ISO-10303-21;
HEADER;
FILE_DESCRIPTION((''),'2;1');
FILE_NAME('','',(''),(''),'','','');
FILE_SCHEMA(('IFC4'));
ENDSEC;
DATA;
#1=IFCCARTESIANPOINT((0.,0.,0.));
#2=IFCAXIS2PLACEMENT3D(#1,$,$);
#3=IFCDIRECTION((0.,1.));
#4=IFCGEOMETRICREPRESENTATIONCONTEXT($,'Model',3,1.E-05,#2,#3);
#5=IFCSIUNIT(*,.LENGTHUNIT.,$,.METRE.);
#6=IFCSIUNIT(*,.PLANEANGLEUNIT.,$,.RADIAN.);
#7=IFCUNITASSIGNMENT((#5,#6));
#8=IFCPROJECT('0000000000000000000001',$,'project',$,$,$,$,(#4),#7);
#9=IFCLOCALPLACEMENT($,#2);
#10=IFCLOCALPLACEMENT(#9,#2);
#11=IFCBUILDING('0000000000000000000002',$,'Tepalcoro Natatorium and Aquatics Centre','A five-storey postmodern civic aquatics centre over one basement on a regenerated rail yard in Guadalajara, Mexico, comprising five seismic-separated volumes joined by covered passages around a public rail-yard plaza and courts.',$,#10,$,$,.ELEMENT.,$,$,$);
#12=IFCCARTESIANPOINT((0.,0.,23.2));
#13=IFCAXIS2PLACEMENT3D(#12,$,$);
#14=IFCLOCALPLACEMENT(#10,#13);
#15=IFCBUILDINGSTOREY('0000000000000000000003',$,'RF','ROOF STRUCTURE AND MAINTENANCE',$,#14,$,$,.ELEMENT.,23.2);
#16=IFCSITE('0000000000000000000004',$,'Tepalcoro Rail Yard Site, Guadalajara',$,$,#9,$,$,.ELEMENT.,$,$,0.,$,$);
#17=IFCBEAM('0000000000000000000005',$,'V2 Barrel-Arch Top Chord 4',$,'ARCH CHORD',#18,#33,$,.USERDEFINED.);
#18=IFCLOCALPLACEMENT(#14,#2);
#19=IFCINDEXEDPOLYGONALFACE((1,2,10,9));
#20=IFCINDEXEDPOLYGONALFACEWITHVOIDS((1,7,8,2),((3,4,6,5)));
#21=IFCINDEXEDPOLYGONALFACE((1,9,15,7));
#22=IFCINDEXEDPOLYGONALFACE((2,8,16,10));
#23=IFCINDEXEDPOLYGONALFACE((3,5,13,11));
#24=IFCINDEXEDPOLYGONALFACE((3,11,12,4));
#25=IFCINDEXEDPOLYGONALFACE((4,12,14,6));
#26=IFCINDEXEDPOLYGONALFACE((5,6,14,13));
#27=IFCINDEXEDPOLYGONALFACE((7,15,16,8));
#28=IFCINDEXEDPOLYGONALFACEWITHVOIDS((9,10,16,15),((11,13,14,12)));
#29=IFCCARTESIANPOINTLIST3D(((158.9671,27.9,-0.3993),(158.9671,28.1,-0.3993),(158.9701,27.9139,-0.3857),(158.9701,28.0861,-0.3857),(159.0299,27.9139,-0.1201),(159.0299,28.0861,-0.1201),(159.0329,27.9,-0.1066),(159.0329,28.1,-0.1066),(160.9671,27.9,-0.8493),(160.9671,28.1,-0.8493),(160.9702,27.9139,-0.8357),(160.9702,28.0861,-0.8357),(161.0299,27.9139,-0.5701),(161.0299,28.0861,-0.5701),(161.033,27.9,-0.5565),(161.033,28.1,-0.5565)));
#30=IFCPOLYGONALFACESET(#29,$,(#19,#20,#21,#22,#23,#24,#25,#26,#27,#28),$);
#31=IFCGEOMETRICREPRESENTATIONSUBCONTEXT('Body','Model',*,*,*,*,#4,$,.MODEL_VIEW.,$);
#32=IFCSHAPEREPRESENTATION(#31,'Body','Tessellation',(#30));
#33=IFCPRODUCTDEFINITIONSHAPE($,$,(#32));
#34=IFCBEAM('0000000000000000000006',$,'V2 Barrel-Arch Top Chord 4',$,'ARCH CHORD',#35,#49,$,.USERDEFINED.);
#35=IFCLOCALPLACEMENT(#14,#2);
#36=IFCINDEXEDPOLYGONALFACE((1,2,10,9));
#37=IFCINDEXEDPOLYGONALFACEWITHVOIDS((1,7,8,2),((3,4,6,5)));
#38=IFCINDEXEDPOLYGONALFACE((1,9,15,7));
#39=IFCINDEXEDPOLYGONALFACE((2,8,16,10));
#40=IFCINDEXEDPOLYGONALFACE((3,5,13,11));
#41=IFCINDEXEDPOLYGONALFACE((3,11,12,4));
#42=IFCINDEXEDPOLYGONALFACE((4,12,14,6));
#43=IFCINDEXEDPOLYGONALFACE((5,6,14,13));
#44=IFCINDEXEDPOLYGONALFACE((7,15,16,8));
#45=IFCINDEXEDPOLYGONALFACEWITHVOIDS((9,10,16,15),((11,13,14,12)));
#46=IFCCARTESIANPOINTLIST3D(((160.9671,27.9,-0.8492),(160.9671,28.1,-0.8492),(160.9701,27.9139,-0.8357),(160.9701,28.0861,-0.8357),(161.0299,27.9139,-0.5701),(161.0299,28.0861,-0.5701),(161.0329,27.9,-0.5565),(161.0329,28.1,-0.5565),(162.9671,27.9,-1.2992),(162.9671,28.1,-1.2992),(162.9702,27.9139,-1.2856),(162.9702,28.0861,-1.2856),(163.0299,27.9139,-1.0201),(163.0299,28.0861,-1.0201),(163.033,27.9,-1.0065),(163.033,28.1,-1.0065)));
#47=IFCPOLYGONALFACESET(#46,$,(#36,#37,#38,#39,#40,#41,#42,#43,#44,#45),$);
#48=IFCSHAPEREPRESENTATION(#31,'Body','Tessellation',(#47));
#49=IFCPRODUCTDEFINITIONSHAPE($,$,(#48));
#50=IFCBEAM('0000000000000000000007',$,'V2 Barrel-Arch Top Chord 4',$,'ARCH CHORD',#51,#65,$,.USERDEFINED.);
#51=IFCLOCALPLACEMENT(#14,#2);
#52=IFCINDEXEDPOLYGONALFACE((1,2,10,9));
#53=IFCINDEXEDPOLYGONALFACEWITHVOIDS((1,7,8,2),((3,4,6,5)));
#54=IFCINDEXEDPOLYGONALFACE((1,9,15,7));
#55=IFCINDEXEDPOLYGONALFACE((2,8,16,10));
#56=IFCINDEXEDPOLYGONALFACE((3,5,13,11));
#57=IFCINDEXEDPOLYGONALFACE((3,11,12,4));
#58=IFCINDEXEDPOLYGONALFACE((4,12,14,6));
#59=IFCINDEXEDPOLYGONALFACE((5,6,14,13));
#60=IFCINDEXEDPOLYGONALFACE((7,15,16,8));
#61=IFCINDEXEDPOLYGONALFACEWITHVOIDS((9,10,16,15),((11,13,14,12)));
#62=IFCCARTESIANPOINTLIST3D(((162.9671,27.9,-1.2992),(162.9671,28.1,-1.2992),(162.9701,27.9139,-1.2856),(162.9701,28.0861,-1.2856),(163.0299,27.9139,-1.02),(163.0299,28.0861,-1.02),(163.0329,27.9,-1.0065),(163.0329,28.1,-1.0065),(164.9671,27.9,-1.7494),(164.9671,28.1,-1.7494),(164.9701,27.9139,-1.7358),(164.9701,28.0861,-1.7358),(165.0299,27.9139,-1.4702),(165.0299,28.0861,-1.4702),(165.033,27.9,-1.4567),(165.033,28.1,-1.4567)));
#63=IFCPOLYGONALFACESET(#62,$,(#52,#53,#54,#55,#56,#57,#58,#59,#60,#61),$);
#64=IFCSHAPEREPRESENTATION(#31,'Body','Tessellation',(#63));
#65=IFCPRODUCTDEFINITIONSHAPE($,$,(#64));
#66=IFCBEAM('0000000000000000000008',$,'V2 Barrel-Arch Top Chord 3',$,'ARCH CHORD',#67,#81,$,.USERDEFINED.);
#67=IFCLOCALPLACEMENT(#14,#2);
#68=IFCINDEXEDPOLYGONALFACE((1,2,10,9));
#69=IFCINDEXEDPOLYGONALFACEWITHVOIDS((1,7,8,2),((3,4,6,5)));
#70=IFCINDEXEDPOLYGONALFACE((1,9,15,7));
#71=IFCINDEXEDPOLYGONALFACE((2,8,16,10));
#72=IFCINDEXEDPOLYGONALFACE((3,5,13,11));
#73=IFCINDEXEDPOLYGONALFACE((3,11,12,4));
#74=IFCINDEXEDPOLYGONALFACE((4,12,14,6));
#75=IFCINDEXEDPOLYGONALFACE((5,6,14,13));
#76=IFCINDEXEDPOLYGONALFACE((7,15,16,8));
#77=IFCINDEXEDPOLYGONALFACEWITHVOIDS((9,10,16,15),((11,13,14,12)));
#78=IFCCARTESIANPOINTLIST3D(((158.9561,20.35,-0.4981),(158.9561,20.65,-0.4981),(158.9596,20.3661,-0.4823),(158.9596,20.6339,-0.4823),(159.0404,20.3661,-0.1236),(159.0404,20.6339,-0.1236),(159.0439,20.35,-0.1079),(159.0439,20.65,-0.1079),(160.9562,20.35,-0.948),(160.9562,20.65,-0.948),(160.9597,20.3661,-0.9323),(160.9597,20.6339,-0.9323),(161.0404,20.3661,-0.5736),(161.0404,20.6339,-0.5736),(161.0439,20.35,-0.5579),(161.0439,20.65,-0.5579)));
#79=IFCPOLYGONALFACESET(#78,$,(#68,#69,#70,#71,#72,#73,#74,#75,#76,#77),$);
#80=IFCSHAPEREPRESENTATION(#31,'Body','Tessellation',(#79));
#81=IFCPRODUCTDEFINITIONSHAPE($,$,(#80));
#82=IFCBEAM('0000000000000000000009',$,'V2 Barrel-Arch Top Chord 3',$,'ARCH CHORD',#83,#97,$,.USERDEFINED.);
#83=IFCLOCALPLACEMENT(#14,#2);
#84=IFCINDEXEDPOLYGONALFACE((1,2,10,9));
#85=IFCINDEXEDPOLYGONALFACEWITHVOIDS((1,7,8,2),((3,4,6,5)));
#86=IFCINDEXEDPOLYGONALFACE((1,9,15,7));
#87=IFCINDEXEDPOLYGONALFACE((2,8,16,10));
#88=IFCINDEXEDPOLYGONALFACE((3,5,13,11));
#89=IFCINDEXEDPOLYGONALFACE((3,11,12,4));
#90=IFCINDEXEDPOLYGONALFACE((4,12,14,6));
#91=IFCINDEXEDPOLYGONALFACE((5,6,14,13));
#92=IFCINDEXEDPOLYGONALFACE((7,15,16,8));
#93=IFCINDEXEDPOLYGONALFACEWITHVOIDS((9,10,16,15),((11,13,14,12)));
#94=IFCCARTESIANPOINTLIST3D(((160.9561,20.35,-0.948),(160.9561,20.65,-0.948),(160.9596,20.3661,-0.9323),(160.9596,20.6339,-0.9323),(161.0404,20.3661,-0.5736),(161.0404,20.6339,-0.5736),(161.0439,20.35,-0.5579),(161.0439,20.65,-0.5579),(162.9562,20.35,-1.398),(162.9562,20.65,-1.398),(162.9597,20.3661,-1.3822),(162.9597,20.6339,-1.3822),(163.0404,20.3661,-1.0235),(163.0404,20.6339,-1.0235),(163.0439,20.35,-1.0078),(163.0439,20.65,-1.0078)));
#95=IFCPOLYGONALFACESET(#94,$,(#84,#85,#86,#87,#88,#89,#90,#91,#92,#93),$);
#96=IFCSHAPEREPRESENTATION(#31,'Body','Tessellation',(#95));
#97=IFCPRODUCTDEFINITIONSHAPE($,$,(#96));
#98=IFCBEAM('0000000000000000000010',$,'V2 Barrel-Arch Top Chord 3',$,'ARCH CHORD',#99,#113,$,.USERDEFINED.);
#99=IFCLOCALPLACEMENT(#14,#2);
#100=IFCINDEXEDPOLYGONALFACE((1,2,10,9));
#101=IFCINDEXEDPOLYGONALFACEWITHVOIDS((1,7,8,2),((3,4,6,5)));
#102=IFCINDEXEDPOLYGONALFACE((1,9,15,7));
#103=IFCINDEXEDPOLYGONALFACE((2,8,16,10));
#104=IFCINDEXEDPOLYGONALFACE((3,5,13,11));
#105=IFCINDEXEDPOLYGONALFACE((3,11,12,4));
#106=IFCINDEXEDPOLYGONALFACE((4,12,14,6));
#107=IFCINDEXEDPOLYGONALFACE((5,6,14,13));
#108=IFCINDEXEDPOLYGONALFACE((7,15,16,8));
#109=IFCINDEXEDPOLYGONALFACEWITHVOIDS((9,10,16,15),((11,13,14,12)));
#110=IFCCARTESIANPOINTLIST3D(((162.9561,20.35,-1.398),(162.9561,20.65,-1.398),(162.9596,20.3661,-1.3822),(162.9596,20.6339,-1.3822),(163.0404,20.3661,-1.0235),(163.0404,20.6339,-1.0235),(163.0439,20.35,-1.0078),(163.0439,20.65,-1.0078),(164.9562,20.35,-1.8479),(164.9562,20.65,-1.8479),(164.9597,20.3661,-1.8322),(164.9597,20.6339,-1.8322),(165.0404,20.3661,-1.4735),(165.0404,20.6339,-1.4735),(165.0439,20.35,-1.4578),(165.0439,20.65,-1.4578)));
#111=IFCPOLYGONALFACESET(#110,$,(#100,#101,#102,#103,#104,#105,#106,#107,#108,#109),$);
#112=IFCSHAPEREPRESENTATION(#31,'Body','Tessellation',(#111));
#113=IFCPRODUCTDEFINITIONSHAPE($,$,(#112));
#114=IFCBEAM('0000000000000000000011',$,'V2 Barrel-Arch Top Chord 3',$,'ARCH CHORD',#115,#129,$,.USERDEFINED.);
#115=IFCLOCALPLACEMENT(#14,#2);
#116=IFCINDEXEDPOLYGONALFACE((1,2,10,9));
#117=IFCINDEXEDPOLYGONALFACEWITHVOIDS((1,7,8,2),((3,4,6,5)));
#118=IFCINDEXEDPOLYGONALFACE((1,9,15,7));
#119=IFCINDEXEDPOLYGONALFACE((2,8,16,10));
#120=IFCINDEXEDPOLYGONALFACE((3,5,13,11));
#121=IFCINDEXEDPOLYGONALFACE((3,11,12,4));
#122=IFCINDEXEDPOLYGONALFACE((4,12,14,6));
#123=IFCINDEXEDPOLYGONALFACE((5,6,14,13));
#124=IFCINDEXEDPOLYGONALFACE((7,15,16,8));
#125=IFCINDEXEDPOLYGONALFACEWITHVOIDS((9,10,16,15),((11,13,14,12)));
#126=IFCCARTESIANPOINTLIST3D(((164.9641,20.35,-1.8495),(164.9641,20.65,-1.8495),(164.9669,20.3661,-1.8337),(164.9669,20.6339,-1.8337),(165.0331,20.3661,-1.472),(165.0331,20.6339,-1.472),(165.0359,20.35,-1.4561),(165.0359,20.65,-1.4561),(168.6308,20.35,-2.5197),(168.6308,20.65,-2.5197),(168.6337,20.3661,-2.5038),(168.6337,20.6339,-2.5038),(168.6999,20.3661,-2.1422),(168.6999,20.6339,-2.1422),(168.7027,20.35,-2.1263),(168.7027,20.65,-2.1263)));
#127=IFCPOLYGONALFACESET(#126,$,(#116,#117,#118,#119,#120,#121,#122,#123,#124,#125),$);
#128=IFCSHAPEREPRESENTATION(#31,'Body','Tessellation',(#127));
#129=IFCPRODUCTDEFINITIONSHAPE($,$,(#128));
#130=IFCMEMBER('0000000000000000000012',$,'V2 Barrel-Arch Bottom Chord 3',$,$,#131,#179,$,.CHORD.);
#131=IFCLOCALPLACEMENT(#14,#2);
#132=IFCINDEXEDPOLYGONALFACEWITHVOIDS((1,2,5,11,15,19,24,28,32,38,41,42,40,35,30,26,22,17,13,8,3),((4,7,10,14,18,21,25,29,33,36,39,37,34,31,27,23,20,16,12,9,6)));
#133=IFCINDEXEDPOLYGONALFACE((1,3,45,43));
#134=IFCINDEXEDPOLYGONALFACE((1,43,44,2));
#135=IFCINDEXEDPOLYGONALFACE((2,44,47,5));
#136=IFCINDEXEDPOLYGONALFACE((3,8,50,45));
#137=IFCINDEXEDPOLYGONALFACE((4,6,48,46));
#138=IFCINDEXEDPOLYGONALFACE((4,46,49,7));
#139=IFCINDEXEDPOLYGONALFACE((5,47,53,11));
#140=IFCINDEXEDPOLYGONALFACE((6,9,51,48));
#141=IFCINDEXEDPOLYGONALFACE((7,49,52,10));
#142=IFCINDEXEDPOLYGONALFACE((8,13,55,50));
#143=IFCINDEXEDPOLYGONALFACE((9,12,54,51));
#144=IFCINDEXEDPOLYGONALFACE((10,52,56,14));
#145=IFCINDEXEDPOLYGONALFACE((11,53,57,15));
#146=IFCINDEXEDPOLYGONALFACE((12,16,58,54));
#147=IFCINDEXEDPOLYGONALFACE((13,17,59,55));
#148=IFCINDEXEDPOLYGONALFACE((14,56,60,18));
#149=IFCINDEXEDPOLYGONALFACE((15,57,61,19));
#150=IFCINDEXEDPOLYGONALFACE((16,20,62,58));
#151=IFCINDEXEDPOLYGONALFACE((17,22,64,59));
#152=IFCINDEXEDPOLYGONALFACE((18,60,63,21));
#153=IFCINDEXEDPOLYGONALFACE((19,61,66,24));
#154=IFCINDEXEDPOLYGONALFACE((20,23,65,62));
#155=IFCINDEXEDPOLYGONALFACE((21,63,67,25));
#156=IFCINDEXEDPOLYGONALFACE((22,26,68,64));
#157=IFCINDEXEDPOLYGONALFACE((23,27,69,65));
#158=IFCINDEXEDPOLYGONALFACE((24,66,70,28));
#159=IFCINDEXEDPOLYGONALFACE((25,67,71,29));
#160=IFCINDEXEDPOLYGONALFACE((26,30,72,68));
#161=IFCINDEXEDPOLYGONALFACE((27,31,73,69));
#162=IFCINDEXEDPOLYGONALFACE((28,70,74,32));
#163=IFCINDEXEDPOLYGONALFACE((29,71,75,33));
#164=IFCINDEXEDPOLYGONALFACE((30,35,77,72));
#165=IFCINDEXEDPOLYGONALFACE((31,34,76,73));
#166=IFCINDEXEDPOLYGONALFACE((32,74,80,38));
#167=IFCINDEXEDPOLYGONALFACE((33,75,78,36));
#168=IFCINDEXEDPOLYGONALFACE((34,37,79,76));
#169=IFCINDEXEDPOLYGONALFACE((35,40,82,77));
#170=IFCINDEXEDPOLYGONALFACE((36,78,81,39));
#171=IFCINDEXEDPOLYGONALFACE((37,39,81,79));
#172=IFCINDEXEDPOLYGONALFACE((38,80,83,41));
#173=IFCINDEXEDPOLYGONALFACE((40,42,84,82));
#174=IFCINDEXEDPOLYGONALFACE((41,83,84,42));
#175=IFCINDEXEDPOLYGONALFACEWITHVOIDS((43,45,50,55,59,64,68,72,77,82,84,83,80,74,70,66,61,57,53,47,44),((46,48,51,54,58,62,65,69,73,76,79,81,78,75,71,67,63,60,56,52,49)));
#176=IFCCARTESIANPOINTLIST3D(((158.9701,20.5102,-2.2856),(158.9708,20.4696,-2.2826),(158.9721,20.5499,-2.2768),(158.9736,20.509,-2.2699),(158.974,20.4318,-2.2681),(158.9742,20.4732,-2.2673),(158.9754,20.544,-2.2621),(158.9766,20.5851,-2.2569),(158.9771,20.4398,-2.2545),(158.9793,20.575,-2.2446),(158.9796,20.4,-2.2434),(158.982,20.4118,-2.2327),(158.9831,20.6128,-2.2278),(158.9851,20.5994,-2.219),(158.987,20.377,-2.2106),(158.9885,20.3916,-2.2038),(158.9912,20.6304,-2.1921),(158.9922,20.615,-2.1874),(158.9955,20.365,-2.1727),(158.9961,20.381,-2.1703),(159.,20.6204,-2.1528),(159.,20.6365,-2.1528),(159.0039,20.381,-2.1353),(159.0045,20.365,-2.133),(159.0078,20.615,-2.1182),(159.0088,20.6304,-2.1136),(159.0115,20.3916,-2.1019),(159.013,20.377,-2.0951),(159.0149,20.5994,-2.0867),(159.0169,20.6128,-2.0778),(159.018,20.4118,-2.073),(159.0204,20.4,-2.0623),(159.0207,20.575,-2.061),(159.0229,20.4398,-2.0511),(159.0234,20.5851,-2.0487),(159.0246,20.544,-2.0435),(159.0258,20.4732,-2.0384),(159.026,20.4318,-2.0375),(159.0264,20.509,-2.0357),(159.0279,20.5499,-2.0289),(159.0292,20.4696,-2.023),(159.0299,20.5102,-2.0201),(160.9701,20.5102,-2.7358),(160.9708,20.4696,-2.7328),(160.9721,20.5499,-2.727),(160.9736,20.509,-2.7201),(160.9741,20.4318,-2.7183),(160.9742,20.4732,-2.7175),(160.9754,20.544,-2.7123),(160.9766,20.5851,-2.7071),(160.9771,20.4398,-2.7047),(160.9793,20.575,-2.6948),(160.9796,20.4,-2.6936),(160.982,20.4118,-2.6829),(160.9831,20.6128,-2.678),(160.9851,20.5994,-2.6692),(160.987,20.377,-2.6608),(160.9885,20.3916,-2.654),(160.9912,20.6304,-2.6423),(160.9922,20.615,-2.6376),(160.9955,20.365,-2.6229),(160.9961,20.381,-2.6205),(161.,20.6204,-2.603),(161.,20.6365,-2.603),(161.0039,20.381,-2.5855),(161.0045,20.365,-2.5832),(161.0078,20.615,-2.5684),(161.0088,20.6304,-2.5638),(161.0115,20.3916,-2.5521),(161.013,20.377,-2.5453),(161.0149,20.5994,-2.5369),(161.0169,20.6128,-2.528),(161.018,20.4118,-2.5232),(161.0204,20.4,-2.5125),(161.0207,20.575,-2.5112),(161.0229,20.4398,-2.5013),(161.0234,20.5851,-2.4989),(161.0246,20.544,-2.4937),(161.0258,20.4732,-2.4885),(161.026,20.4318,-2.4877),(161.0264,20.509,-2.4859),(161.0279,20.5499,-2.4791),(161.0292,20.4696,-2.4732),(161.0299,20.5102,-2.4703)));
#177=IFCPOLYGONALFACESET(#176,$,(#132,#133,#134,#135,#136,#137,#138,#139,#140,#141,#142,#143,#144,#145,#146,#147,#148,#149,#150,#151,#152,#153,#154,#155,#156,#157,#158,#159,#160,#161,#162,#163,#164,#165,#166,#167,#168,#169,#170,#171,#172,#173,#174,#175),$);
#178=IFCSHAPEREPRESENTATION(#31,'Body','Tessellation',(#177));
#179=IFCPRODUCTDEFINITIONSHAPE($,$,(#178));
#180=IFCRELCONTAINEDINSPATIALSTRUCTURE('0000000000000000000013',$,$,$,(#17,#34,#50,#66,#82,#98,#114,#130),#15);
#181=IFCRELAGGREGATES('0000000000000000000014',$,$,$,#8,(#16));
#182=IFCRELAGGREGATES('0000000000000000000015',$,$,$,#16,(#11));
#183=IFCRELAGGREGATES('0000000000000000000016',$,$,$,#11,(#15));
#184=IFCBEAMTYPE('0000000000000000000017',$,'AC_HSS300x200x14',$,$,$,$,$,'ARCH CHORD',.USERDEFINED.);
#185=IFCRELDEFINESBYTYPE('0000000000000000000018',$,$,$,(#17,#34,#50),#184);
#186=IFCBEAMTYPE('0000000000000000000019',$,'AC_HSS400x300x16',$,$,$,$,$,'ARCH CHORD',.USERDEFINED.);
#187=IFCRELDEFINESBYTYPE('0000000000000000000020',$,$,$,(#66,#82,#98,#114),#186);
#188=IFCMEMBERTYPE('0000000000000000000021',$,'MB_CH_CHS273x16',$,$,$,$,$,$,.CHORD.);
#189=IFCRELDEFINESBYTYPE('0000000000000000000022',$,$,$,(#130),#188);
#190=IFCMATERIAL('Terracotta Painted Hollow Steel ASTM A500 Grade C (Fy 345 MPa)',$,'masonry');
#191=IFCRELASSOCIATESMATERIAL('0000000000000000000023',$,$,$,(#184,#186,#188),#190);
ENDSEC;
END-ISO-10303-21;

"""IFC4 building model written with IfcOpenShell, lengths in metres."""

from ifc_helpers import new_model, si_unit, direction, frame, origin, origin_2d, place, context, subcontext, project, spatial, hollow_rectangle, hollow_circle, extrude, material, material_profile, profile_set, type_object, element, save


model = new_model("IFC4")

# Units and contexts
model_context = context("Model", 3, precision=1e-05, world=origin(), true_north=direction((0.0, 1.0)))
body_context = subcontext(model_context, "Body", "Model", "MODEL_VIEW")
ifc_project = project(units=[si_unit("LENGTHUNIT", "METRE"), si_unit("PLANEANGLEUNIT", "RADIAN")], contexts=[model_context])

# Site, building, storey
site_placement = place(None, origin())
site = spatial("IfcSite", under=ifc_project, at=site_placement, Name="Tepalcoro Rail Yard Site, Guadalajara", CompositionType="ELEMENT", RefElevation=0.0)
building_placement = place(site_placement, origin())
building = spatial("IfcBuilding", under=site, at=building_placement, Name="Tepalcoro Natatorium and Aquatics Centre", Description="A five-storey postmodern civic aquatics centre over one basement on a regenerated rail yard in Guadalajara, Mexico, comprising five seismic-separated volumes joined by covered passages around a public rail-yard plaza and courts.", CompositionType="ELEMENT")
storey_placement = place(building_placement, frame((0.0, 0.0, 23.2)))
storey = spatial("IfcBuildingStorey", under=building, at=storey_placement, Name="RF", Description="ROOF STRUCTURE AND MAINTENANCE", CompositionType="ELEMENT", Elevation=23.2)

# Beams
ifc_material_1 = material(Name="Terracotta Painted Hollow Steel ASTM A500 Grade C (Fy 345 MPa)", Category="masonry")
ifc_material_profile_1 = material_profile(ifc_material_1, hollow_rectangle(XDim=0.2, YDim=0.3, WallThickness=0.0139, at=origin_2d()), Name="HSS300X200X14")
ifc_profile_set_1 = profile_set([ifc_material_profile_1], Name="Terracotta Painted Hollow Steel ASTM A500 Grade C (Fy 345 MPa)")
beam_type_1 = type_object("IfcBeamType", Name="AC_HSS300x200x14", ElementType="ARCH CHORD", PredefinedType="USERDEFINED", material=ifc_profile_set_1)
for number, where, z_axis, x_axis, name in (
    (1, (159.0, 28.0, -0.2529), (0.975615, 0.0, -0.21949), (0.0, 1.0, 0.0), "V2 Barrel-Arch Top Chord 4"),
    (2, (161.0, 28.0, -0.7029), (0.975615, 0.0, -0.21949), (0.0, 1.0, 0.0), "V2 Barrel-Arch Top Chord 4"),
    (3, (163.0, 28.0, -1.1528), (0.975589, 0.0, -0.219603), (0.0, 1.0, 0.0), "V2 Barrel-Arch Top Chord 4"),
):
    element("IfcBeam", number, at=place(storey_placement, frame(where, z_axis=z_axis, x_axis=x_axis)), inside=storey, type_object=beam_type_1, Name=name, ObjectType="ARCH CHORD", PredefinedType="USERDEFINED", context=body_context, shape_type="SweptSolid", body=[
        extrude(hollow_rectangle(XDim=0.2, YDim=0.3, WallThickness=0.0139, at=origin_2d()), origin(), (0.0, 0.0, 1.0), 2.05),
    ])
ifc_material_profile_2 = material_profile(ifc_material_1, hollow_rectangle(XDim=0.3, YDim=0.3999, WallThickness=0.0161, at=origin_2d()), Name="HSS400X300X16")
ifc_profile_set_2 = profile_set([ifc_material_profile_2], Name="Terracotta Painted Hollow Steel ASTM A500 Grade C (Fy 345 MPa)")
beam_type_2 = type_object("IfcBeamType", Name="AC_HSS400x300x16", ElementType="ARCH CHORD", PredefinedType="USERDEFINED", material=ifc_profile_set_2)
for number, where, z_axis, x_axis, name in (
    (4, (159.0, 20.5, -0.303), (0.975615, 0.0, -0.21949), (0.0, 1.0, 0.0), "V2 Barrel-Arch Top Chord 3"),
    (5, (161.0, 20.5, -0.7529), (0.975615, 0.0, -0.21949), (0.0, 1.0, 0.0), "V2 Barrel-Arch Top Chord 3"),
    (6, (163.0, 20.5, -1.2029), (0.975615, 0.0, -0.21949), (0.0, 1.0, 0.0), "V2 Barrel-Arch Top Chord 3"),
):
    element("IfcBeam", number, at=place(storey_placement, frame(where, z_axis=z_axis, x_axis=x_axis)), inside=storey, type_object=beam_type_2, Name=name, ObjectType="ARCH CHORD", PredefinedType="USERDEFINED", context=body_context, shape_type="SweptSolid", body=[
        extrude(hollow_rectangle(XDim=0.3, YDim=0.3999, WallThickness=0.0161, at=origin_2d()), origin(), (0.0, 0.0, 1.0), 2.05),
    ])
beam_placement = place(storey_placement, frame((165.0, 20.5, -1.6528), z_axis=(0.983705, 0.0, -0.17979), x_axis=(0.0, 1.0, 0.0)))
element("IfcBeam", 7, at=beam_placement, inside=storey, type_object=beam_type_2, Name="V2 Barrel-Arch Top Chord 3", ObjectType="ARCH CHORD", PredefinedType="USERDEFINED", context=body_context, shape_type="SweptSolid", body=[
    extrude(hollow_rectangle(XDim=0.3, YDim=0.3999, WallThickness=0.0161, at=origin_2d()), origin(), (0.0, 0.0, 1.0), 3.7275),
])

# Member
ifc_material_profile_3 = material_profile(ifc_material_1, hollow_circle(Radius=0.1365, WallThickness=0.0161, at=origin_2d()), Name="CHS273X16")
ifc_profile_set_3 = profile_set([ifc_material_profile_3], Name="Terracotta Painted Hollow Steel ASTM A500 Grade C (Fy 345 MPa)")
member_type_1 = type_object("IfcMemberType", Name="MB_CH_CHS273x16", PredefinedType="CHORD", material=ifc_profile_set_3)
for number, where, z_axis, x_axis, name in (
    (8, (159.0, 20.5, -2.1528), (0.975589, 0.0, -0.219603), (0.0, 1.0, 0.0), "V2 Barrel-Arch Bottom Chord 3"),
):
    element("IfcMember", number, at=place(storey_placement, frame(where, z_axis=z_axis, x_axis=x_axis)), inside=storey, type_object=member_type_1, Name=name, PredefinedType="CHORD", context=body_context, shape_type="SweptSolid", body=[
        extrude(hollow_circle(Radius=0.1365, WallThickness=0.0161, at=origin_2d()), origin(), (0.0, 0.0, 1.0), 2.05),
    ])

save(model, "model.ifc")
